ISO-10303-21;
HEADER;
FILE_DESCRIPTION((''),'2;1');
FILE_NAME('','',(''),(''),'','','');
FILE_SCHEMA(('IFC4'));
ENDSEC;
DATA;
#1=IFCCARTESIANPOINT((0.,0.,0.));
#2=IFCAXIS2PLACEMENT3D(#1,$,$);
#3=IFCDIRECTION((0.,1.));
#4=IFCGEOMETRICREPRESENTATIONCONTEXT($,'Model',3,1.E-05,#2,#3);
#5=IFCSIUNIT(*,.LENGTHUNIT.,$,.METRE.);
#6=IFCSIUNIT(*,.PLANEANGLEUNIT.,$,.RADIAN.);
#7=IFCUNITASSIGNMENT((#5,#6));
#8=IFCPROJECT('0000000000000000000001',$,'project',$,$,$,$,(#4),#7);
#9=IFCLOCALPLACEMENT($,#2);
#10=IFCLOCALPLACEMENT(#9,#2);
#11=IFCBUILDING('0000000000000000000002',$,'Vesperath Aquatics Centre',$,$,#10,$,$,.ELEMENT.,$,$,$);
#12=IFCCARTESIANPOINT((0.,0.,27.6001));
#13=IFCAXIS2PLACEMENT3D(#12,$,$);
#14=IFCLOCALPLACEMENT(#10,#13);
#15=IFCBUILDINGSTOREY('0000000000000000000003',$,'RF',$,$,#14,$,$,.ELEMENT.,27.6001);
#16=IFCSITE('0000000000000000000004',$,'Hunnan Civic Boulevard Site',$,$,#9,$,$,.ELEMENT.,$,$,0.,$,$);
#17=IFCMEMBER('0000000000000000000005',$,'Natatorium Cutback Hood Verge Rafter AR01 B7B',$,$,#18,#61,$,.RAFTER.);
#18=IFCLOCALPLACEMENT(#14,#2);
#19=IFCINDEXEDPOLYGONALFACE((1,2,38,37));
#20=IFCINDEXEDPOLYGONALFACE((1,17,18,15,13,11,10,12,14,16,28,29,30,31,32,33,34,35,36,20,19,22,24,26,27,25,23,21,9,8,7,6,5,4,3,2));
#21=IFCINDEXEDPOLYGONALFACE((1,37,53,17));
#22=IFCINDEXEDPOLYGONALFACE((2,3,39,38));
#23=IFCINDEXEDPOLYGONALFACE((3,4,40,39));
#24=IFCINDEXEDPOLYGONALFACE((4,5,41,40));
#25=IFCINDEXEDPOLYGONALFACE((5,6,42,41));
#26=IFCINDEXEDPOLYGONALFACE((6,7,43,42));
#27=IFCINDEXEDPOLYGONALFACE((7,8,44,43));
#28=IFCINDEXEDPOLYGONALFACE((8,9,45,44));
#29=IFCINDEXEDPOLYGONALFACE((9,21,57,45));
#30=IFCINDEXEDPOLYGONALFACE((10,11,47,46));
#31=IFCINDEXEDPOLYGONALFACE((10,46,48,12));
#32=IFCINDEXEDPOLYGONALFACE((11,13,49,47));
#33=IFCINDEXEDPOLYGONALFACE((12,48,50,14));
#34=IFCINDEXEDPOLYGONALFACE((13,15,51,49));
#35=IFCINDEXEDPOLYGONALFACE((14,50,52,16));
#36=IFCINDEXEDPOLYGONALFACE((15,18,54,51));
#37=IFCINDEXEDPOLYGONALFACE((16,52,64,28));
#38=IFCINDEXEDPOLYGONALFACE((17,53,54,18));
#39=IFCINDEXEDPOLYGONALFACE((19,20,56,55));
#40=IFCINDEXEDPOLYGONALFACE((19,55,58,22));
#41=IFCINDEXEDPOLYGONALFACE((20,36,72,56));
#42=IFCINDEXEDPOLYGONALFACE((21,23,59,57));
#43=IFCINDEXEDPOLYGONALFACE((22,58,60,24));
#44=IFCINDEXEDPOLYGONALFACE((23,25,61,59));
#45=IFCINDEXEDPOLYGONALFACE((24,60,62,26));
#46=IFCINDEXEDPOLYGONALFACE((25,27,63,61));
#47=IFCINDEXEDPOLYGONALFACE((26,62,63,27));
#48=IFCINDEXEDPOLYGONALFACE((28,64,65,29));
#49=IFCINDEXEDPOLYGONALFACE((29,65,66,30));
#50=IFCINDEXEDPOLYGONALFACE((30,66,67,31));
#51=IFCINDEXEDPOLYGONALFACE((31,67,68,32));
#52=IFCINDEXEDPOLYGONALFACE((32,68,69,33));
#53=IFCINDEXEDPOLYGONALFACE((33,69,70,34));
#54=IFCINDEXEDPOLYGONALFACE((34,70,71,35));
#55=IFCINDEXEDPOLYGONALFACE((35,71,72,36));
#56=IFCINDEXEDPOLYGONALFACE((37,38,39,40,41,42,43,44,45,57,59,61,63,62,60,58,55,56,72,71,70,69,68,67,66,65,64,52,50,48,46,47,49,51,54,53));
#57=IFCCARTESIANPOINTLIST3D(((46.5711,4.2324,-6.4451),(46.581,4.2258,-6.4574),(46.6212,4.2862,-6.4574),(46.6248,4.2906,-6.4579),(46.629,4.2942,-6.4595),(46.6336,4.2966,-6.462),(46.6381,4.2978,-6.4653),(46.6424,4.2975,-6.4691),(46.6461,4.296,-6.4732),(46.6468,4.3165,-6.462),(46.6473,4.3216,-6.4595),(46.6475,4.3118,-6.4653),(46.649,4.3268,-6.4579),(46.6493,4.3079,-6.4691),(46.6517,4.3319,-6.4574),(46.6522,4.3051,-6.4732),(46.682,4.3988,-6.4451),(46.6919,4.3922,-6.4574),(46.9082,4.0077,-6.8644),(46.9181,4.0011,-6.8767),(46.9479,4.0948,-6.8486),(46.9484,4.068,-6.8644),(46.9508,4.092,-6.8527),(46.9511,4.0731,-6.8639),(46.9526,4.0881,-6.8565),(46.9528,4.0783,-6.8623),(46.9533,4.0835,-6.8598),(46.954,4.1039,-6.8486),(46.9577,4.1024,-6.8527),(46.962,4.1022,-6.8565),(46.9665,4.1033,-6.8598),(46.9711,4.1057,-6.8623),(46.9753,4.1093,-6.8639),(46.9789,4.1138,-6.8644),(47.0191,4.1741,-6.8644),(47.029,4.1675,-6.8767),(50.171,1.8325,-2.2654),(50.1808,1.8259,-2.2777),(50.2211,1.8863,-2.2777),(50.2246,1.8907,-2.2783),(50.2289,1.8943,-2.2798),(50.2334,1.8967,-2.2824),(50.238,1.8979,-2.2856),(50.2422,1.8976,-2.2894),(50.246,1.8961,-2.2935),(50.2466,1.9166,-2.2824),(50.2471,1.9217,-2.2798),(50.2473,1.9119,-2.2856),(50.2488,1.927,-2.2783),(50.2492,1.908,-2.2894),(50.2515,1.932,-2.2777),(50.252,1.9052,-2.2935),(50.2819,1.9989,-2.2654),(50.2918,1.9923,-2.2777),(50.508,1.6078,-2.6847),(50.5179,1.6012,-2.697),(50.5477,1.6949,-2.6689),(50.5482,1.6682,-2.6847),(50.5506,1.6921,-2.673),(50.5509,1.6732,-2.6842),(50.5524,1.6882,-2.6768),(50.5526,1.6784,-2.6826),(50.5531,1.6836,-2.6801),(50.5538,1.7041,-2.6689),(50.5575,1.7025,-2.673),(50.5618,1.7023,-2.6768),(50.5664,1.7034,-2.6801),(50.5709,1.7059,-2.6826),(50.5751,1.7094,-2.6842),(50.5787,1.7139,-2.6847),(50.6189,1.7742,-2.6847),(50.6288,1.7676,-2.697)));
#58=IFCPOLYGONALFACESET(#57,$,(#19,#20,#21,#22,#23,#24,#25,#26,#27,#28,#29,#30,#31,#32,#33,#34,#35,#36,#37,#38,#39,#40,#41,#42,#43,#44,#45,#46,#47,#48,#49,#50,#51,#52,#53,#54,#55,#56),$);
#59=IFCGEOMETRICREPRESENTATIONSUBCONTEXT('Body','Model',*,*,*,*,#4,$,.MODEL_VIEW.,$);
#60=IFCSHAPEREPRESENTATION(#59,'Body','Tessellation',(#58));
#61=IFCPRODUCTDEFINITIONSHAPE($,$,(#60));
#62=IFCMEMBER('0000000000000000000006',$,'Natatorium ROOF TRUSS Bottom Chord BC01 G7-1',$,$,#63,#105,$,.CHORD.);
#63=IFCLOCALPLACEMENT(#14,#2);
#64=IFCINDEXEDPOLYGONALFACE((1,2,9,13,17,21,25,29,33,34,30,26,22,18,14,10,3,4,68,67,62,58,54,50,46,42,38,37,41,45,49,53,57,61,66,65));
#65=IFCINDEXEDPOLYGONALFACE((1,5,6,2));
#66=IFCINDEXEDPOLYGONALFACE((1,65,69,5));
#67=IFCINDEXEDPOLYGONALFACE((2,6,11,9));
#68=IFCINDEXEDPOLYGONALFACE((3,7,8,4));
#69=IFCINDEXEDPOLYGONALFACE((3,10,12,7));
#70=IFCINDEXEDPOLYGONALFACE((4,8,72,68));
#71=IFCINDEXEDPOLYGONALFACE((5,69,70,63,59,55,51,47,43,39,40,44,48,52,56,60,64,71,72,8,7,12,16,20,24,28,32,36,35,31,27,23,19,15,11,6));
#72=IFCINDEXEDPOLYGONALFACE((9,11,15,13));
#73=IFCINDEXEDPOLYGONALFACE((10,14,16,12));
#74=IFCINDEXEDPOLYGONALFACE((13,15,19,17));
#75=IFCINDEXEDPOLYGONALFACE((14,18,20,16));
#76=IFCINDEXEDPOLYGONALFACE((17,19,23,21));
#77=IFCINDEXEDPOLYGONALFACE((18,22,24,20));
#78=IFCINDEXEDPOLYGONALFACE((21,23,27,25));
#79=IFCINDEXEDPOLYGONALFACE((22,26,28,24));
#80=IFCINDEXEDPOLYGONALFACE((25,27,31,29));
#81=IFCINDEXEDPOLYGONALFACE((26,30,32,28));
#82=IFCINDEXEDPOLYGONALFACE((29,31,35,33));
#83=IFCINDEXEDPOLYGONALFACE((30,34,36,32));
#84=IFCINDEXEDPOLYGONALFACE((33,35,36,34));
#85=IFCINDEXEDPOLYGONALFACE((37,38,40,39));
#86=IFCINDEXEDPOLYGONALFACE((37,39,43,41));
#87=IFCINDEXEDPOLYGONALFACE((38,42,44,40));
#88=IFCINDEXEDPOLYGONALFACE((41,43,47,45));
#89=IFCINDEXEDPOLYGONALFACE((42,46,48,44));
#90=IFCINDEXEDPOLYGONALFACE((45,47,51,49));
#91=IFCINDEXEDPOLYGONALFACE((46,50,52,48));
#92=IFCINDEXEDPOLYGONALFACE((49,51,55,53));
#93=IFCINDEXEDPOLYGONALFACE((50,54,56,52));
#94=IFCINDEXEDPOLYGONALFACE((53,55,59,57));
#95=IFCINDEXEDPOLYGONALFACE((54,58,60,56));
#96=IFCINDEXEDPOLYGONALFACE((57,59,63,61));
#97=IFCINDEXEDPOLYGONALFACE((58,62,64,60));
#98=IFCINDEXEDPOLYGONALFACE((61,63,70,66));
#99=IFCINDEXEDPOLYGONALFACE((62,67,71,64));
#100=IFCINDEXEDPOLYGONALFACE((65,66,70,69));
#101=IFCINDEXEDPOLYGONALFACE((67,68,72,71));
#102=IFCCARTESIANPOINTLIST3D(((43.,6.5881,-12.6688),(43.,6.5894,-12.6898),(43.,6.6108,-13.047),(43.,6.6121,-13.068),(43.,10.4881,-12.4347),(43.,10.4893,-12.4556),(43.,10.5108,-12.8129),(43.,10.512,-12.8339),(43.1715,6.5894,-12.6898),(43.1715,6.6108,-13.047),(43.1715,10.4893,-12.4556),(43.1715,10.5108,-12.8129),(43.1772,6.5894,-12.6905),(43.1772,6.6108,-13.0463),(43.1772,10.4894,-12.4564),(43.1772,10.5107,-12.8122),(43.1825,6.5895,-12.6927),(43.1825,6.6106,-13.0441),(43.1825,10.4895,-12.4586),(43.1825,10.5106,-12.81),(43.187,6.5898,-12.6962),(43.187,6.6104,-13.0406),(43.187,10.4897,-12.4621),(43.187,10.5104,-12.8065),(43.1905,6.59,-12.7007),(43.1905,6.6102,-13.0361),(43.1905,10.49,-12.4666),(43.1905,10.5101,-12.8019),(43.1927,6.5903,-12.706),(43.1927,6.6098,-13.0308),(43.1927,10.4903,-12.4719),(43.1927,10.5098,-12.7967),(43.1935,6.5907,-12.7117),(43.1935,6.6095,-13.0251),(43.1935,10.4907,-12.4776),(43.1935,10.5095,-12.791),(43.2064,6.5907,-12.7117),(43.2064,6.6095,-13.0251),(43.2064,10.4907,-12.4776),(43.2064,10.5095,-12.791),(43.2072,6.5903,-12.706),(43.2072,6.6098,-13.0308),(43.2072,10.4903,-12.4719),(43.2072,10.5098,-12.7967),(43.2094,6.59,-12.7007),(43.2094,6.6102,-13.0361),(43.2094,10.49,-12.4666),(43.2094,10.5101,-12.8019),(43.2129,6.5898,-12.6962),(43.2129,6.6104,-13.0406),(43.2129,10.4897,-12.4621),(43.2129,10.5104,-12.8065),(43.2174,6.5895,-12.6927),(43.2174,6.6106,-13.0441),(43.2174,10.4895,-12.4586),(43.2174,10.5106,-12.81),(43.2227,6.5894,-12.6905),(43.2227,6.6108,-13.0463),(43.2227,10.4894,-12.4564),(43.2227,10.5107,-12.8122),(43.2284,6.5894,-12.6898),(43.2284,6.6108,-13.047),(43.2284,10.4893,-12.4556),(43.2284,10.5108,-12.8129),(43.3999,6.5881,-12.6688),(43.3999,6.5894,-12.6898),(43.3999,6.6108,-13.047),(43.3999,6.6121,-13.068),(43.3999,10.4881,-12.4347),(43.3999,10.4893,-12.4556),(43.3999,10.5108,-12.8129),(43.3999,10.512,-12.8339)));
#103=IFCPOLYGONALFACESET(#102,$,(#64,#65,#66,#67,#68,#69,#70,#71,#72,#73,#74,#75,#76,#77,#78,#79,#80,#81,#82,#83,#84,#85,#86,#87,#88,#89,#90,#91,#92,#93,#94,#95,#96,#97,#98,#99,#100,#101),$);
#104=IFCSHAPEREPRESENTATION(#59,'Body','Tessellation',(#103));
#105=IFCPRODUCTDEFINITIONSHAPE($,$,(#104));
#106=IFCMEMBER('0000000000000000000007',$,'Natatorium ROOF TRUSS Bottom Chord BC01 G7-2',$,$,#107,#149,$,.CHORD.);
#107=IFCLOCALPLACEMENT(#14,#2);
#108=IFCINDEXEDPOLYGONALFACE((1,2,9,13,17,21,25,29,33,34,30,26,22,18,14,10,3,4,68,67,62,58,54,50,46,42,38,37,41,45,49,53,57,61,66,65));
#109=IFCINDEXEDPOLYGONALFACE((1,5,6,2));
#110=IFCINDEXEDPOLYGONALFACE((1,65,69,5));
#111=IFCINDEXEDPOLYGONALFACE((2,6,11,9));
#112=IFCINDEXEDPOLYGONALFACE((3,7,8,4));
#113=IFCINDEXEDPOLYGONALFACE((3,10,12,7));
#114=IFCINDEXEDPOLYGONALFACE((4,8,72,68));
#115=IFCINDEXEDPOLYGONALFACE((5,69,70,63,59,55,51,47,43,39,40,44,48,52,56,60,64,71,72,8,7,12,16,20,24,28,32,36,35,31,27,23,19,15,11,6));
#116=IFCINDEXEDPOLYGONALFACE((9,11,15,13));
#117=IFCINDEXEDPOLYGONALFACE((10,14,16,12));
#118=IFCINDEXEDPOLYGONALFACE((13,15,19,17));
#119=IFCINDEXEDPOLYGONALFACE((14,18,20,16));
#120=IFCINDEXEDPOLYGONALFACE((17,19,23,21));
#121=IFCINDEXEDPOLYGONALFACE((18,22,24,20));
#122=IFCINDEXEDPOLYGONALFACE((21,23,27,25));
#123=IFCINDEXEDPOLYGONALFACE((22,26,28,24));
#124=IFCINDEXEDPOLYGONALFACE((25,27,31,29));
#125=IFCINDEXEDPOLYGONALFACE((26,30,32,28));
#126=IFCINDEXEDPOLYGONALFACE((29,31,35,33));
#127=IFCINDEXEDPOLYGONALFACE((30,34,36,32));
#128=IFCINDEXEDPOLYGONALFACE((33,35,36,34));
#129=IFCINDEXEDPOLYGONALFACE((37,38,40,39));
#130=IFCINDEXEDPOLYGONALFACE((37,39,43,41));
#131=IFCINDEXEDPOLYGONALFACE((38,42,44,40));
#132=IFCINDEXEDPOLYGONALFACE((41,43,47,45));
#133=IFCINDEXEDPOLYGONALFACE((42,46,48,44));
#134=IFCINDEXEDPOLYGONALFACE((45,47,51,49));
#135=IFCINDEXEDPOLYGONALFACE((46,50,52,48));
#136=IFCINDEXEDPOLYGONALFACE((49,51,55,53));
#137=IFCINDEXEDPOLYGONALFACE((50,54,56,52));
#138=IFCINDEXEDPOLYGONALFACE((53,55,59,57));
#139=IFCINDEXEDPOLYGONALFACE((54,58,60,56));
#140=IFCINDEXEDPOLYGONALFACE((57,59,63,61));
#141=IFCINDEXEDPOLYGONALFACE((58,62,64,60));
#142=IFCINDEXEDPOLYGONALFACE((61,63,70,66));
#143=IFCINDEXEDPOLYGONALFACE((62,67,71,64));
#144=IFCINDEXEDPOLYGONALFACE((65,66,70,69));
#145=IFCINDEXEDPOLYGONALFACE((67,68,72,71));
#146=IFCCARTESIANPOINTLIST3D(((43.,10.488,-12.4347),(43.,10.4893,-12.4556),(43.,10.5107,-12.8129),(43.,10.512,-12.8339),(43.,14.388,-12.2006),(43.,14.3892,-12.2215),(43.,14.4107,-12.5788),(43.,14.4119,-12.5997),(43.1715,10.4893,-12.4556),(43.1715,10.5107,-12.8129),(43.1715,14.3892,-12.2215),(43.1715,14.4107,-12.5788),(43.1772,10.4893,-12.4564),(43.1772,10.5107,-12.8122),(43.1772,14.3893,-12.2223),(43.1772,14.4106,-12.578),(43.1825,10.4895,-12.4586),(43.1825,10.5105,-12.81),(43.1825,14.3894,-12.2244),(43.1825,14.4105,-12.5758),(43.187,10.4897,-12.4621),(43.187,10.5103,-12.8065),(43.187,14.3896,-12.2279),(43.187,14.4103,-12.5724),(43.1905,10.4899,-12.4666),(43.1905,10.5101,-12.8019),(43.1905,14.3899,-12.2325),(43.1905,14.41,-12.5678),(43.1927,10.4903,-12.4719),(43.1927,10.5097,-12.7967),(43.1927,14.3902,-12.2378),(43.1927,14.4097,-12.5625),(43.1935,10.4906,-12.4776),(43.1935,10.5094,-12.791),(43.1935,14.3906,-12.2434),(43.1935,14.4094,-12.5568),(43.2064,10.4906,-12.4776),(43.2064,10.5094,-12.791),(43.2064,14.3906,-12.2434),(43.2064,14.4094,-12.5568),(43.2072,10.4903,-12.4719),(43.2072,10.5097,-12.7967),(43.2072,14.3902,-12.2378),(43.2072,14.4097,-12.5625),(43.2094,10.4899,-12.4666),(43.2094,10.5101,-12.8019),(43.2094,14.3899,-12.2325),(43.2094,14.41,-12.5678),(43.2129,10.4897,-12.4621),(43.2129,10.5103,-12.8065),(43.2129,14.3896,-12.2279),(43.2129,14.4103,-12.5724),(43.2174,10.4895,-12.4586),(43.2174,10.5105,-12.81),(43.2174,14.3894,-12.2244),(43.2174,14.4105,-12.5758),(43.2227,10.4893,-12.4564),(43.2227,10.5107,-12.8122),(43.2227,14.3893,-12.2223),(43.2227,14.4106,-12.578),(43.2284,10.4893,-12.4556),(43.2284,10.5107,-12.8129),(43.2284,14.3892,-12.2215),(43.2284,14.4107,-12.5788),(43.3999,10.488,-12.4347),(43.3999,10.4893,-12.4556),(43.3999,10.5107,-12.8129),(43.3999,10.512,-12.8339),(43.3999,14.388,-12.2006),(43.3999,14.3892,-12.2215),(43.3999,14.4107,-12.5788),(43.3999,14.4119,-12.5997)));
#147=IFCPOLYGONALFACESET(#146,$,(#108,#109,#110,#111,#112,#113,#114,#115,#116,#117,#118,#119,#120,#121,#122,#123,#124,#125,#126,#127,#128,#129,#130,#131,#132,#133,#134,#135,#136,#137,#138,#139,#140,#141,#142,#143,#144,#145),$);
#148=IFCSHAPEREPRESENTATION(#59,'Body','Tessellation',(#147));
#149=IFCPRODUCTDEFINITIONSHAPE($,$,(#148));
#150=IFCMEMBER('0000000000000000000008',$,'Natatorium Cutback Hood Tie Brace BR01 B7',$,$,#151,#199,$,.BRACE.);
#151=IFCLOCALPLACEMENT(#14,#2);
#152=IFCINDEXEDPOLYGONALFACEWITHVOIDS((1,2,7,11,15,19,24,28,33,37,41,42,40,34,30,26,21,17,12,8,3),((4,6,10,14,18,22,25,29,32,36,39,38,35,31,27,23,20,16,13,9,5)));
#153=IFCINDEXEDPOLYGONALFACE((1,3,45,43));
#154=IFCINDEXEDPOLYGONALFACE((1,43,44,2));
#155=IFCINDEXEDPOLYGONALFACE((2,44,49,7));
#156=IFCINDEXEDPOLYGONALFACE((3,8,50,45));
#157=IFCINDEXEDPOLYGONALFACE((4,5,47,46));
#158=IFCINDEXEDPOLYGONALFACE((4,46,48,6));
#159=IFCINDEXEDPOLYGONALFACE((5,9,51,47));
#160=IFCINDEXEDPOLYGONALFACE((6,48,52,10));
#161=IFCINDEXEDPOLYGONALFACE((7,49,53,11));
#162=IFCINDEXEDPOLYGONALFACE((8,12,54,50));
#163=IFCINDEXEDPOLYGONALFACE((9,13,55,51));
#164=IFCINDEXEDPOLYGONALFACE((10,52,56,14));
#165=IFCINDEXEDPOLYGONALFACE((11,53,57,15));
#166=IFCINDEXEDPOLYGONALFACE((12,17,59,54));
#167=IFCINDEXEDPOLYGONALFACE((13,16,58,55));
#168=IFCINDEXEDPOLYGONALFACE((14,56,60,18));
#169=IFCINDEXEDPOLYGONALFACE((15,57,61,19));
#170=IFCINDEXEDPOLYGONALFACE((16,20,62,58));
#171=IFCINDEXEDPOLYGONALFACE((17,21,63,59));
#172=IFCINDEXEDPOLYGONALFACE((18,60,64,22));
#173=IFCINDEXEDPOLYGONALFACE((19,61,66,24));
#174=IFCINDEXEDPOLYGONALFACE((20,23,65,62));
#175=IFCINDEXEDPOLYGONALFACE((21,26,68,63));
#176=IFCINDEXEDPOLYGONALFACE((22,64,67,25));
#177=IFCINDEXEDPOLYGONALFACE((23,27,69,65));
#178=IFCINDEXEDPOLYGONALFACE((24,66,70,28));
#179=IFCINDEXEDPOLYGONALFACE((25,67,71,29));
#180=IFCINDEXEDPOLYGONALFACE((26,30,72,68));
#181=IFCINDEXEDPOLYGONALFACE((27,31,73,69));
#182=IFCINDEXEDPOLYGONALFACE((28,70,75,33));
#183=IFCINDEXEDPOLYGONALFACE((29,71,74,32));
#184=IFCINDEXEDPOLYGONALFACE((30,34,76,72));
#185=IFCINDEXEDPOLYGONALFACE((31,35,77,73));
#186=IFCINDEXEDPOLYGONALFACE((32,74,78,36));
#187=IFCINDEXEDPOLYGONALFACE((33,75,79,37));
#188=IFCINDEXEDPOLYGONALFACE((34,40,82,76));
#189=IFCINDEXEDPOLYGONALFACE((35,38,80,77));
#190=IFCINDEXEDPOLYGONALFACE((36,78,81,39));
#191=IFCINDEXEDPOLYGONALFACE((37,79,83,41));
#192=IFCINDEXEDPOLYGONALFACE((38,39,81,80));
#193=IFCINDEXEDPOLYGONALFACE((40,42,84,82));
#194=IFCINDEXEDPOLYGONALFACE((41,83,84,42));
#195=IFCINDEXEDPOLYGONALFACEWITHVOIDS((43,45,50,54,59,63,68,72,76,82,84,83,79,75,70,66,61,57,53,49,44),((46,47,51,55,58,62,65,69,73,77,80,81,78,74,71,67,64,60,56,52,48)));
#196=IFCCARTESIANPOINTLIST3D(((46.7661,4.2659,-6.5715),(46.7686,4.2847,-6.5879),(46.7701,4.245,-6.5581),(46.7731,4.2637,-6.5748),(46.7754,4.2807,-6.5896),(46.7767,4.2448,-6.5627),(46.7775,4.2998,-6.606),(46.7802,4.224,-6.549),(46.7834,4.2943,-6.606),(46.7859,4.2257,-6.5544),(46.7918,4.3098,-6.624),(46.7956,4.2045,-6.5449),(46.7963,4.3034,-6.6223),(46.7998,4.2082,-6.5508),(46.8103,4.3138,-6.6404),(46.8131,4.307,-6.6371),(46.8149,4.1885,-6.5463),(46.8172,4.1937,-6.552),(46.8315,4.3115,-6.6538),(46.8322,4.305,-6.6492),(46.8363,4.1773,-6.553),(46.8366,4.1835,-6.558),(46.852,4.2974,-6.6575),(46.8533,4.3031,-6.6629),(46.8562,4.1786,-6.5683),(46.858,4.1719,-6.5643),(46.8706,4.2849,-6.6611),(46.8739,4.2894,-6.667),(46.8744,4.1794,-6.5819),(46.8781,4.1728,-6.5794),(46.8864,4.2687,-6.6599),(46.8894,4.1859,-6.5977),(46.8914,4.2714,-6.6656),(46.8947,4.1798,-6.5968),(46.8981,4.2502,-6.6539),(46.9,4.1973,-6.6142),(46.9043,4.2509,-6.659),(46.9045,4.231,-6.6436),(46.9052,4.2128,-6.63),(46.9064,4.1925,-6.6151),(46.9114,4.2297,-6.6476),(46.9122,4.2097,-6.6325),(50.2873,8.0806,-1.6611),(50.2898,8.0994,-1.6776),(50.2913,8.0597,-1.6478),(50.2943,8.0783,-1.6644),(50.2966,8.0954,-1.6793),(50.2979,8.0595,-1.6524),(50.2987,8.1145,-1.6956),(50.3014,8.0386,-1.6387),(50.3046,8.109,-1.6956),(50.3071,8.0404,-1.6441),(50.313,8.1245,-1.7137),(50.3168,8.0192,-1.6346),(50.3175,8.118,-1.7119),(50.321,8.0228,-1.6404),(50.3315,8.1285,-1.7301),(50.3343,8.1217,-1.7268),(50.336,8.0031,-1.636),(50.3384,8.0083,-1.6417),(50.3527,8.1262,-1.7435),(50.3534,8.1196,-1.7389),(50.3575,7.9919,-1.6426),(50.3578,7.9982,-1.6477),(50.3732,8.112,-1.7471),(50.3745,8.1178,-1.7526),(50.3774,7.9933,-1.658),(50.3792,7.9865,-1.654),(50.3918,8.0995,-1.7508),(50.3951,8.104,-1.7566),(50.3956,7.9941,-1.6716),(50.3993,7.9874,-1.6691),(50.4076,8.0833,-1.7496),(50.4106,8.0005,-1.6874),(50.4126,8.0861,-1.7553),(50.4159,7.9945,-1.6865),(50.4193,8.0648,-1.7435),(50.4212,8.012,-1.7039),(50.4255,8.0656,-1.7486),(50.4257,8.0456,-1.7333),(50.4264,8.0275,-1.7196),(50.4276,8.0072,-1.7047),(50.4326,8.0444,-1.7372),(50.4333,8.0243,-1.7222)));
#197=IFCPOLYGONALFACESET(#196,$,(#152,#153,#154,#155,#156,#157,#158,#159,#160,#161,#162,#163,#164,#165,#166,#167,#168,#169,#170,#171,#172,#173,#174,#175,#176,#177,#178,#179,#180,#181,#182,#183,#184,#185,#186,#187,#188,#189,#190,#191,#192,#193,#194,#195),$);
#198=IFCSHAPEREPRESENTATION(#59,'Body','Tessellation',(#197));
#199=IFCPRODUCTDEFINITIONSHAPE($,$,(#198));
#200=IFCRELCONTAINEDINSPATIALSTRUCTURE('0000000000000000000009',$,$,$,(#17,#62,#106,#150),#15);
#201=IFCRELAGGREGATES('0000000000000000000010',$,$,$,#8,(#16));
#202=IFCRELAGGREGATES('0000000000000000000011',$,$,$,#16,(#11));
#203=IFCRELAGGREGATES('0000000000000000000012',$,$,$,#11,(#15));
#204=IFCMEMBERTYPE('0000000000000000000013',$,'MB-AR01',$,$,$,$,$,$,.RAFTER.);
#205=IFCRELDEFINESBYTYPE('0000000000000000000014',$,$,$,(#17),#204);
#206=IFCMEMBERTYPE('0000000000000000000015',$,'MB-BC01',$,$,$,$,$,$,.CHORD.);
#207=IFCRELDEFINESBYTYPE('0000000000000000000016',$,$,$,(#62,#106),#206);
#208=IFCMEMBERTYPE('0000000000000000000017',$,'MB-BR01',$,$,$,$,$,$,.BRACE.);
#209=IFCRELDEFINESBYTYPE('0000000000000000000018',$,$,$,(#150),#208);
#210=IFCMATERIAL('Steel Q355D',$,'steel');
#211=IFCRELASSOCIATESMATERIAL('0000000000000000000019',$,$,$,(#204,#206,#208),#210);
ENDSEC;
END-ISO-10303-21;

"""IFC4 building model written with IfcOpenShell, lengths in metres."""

from ifc_helpers import new_model, si_unit, direction, frame, origin, origin_2d, place, context, subcontext, project, spatial, hollow_circle, i_section, extrude, material, material_profile, profile_set, type_object, element, save


model = new_model("IFC4")

# Units and contexts
model_context = context("Model", 3, precision=1e-05, world=origin(), true_north=direction((0.0, 1.0)))
body_context = subcontext(model_context, "Body", "Model", "MODEL_VIEW")
ifc_project = project(units=[si_unit("LENGTHUNIT", "METRE"), si_unit("PLANEANGLEUNIT", "RADIAN")], contexts=[model_context])

# Site, building, storey
site_placement = place(None, origin())
site = spatial("IfcSite", under=ifc_project, at=site_placement, Name="Hunnan Civic Boulevard Site", CompositionType="ELEMENT", RefElevation=0.0)
building_placement = place(site_placement, origin())
building = spatial("IfcBuilding", under=site, at=building_placement, Name="Vesperath Aquatics Centre", CompositionType="ELEMENT")
storey_placement = place(building_placement, frame((0.0, 0.0, 27.6001)))
storey = spatial("IfcBuildingStorey", under=building, at=storey_placement, Name="RF", CompositionType="ELEMENT", Elevation=27.6001)

# Members
ifc_material_1 = material(Name="Steel Q355D", Category="steel")
ifc_material_profile_1 = material_profile(ifc_material_1, i_section(OverallWidth=0.2, OverallDepth=0.6001, WebThickness=0.011, FlangeThickness=0.0171, FilletRadius=0.022, at=origin_2d()), Name="HN 600x200x11x17")
ifc_profile_set_1 = profile_set([ifc_material_profile_1], Name="Steel Q355D")
member_type_1 = type_object("IfcMemberType", Name="MB-AR01", PredefinedType="RAFTER", material=ifc_profile_set_1)
member_1_placement = place(storey_placement, frame((46.8, 4.2, -6.6609), z_axis=(0.598413, -0.398942, 0.6948), x_axis=(0.5547, 0.83205, 0.0)))
element("IfcMember", 1, at=member_1_placement, inside=storey, type_object=member_type_1, Name="Natatorium Cutback Hood Verge Rafter AR01 B7B", PredefinedType="RAFTER", context=body_context, shape_type="SweptSolid", body=[
    extrude(i_section(OverallWidth=0.2, OverallDepth=0.6001, WebThickness=0.011, FlangeThickness=0.0171, FilletRadius=0.022, at=origin_2d()), origin(), (0.0, 0.0, 1.0), 6.0156),
])
ifc_material_profile_2 = material_profile(ifc_material_1, i_section(OverallWidth=0.3999, OverallDepth=0.3999, WebThickness=0.0129, FlangeThickness=0.021, FilletRadius=0.022, at=origin_2d()), Name="HW 400x400x13x21")
ifc_profile_set_2 = profile_set([ifc_material_profile_2], Name="Steel Q355D")
member_type_2 = type_object("IfcMemberType", Name="MB-BC01", PredefinedType="CHORD", material=ifc_profile_set_2)
for number, where, z_axis, x_axis, name in (
    (2, (43.2, 6.6001, -12.8684), (0.0, 0.998203, 0.059927), (-1.0, 0.0, 0.0), "Natatorium ROOF TRUSS Bottom Chord BC01 G7-1"),
    (3, (43.2, 10.5, -12.6343), (0.0, 0.998203, 0.059927), (-1.0, 0.0, 0.0), "Natatorium ROOF TRUSS Bottom Chord BC01 G7-2"),
):
    element("IfcMember", number, at=place(storey_placement, frame(where, z_axis=z_axis, x_axis=x_axis)), inside=storey, type_object=member_type_2, Name=name, PredefinedType="CHORD", context=body_context, shape_type="SweptSolid", body=[
        extrude(i_section(OverallWidth=0.3999, OverallDepth=0.3999, WebThickness=0.0129, FlangeThickness=0.021, FilletRadius=0.022, at=origin_2d()), origin(), (0.0, 0.0, 1.0), 3.907),
    ])
ifc_material_profile_3 = material_profile(ifc_material_1, hollow_circle(Radius=0.0842, WallThickness=0.0081, at=origin_2d()), Name="CHS 168.3x8")
ifc_profile_set_3 = profile_set([ifc_material_profile_3], Name="Steel Q355D")
member_type_3 = type_object("IfcMemberType", Name="MB-BR01", PredefinedType="BRACE", material=ifc_profile_set_3)
member_2_placement = place(storey_placement, frame((46.8394, 4.2427, -6.606), z_axis=(0.492768, 0.533834, 0.687169), x_axis=(-0.734805, 0.678278, 0.0)))
element("IfcMember", 4, at=member_2_placement, inside=storey, type_object=member_type_3, Name="Natatorium Cutback Hood Tie Brace BR01 B7", PredefinedType="BRACE", context=body_context, shape_type="SweptSolid", body=[
    extrude(hollow_circle(Radius=0.0842, WallThickness=0.0081, at=origin_2d()), origin(), (0.0, 0.0, 1.0), 7.1458),
])

save(model, "model.ifc")
